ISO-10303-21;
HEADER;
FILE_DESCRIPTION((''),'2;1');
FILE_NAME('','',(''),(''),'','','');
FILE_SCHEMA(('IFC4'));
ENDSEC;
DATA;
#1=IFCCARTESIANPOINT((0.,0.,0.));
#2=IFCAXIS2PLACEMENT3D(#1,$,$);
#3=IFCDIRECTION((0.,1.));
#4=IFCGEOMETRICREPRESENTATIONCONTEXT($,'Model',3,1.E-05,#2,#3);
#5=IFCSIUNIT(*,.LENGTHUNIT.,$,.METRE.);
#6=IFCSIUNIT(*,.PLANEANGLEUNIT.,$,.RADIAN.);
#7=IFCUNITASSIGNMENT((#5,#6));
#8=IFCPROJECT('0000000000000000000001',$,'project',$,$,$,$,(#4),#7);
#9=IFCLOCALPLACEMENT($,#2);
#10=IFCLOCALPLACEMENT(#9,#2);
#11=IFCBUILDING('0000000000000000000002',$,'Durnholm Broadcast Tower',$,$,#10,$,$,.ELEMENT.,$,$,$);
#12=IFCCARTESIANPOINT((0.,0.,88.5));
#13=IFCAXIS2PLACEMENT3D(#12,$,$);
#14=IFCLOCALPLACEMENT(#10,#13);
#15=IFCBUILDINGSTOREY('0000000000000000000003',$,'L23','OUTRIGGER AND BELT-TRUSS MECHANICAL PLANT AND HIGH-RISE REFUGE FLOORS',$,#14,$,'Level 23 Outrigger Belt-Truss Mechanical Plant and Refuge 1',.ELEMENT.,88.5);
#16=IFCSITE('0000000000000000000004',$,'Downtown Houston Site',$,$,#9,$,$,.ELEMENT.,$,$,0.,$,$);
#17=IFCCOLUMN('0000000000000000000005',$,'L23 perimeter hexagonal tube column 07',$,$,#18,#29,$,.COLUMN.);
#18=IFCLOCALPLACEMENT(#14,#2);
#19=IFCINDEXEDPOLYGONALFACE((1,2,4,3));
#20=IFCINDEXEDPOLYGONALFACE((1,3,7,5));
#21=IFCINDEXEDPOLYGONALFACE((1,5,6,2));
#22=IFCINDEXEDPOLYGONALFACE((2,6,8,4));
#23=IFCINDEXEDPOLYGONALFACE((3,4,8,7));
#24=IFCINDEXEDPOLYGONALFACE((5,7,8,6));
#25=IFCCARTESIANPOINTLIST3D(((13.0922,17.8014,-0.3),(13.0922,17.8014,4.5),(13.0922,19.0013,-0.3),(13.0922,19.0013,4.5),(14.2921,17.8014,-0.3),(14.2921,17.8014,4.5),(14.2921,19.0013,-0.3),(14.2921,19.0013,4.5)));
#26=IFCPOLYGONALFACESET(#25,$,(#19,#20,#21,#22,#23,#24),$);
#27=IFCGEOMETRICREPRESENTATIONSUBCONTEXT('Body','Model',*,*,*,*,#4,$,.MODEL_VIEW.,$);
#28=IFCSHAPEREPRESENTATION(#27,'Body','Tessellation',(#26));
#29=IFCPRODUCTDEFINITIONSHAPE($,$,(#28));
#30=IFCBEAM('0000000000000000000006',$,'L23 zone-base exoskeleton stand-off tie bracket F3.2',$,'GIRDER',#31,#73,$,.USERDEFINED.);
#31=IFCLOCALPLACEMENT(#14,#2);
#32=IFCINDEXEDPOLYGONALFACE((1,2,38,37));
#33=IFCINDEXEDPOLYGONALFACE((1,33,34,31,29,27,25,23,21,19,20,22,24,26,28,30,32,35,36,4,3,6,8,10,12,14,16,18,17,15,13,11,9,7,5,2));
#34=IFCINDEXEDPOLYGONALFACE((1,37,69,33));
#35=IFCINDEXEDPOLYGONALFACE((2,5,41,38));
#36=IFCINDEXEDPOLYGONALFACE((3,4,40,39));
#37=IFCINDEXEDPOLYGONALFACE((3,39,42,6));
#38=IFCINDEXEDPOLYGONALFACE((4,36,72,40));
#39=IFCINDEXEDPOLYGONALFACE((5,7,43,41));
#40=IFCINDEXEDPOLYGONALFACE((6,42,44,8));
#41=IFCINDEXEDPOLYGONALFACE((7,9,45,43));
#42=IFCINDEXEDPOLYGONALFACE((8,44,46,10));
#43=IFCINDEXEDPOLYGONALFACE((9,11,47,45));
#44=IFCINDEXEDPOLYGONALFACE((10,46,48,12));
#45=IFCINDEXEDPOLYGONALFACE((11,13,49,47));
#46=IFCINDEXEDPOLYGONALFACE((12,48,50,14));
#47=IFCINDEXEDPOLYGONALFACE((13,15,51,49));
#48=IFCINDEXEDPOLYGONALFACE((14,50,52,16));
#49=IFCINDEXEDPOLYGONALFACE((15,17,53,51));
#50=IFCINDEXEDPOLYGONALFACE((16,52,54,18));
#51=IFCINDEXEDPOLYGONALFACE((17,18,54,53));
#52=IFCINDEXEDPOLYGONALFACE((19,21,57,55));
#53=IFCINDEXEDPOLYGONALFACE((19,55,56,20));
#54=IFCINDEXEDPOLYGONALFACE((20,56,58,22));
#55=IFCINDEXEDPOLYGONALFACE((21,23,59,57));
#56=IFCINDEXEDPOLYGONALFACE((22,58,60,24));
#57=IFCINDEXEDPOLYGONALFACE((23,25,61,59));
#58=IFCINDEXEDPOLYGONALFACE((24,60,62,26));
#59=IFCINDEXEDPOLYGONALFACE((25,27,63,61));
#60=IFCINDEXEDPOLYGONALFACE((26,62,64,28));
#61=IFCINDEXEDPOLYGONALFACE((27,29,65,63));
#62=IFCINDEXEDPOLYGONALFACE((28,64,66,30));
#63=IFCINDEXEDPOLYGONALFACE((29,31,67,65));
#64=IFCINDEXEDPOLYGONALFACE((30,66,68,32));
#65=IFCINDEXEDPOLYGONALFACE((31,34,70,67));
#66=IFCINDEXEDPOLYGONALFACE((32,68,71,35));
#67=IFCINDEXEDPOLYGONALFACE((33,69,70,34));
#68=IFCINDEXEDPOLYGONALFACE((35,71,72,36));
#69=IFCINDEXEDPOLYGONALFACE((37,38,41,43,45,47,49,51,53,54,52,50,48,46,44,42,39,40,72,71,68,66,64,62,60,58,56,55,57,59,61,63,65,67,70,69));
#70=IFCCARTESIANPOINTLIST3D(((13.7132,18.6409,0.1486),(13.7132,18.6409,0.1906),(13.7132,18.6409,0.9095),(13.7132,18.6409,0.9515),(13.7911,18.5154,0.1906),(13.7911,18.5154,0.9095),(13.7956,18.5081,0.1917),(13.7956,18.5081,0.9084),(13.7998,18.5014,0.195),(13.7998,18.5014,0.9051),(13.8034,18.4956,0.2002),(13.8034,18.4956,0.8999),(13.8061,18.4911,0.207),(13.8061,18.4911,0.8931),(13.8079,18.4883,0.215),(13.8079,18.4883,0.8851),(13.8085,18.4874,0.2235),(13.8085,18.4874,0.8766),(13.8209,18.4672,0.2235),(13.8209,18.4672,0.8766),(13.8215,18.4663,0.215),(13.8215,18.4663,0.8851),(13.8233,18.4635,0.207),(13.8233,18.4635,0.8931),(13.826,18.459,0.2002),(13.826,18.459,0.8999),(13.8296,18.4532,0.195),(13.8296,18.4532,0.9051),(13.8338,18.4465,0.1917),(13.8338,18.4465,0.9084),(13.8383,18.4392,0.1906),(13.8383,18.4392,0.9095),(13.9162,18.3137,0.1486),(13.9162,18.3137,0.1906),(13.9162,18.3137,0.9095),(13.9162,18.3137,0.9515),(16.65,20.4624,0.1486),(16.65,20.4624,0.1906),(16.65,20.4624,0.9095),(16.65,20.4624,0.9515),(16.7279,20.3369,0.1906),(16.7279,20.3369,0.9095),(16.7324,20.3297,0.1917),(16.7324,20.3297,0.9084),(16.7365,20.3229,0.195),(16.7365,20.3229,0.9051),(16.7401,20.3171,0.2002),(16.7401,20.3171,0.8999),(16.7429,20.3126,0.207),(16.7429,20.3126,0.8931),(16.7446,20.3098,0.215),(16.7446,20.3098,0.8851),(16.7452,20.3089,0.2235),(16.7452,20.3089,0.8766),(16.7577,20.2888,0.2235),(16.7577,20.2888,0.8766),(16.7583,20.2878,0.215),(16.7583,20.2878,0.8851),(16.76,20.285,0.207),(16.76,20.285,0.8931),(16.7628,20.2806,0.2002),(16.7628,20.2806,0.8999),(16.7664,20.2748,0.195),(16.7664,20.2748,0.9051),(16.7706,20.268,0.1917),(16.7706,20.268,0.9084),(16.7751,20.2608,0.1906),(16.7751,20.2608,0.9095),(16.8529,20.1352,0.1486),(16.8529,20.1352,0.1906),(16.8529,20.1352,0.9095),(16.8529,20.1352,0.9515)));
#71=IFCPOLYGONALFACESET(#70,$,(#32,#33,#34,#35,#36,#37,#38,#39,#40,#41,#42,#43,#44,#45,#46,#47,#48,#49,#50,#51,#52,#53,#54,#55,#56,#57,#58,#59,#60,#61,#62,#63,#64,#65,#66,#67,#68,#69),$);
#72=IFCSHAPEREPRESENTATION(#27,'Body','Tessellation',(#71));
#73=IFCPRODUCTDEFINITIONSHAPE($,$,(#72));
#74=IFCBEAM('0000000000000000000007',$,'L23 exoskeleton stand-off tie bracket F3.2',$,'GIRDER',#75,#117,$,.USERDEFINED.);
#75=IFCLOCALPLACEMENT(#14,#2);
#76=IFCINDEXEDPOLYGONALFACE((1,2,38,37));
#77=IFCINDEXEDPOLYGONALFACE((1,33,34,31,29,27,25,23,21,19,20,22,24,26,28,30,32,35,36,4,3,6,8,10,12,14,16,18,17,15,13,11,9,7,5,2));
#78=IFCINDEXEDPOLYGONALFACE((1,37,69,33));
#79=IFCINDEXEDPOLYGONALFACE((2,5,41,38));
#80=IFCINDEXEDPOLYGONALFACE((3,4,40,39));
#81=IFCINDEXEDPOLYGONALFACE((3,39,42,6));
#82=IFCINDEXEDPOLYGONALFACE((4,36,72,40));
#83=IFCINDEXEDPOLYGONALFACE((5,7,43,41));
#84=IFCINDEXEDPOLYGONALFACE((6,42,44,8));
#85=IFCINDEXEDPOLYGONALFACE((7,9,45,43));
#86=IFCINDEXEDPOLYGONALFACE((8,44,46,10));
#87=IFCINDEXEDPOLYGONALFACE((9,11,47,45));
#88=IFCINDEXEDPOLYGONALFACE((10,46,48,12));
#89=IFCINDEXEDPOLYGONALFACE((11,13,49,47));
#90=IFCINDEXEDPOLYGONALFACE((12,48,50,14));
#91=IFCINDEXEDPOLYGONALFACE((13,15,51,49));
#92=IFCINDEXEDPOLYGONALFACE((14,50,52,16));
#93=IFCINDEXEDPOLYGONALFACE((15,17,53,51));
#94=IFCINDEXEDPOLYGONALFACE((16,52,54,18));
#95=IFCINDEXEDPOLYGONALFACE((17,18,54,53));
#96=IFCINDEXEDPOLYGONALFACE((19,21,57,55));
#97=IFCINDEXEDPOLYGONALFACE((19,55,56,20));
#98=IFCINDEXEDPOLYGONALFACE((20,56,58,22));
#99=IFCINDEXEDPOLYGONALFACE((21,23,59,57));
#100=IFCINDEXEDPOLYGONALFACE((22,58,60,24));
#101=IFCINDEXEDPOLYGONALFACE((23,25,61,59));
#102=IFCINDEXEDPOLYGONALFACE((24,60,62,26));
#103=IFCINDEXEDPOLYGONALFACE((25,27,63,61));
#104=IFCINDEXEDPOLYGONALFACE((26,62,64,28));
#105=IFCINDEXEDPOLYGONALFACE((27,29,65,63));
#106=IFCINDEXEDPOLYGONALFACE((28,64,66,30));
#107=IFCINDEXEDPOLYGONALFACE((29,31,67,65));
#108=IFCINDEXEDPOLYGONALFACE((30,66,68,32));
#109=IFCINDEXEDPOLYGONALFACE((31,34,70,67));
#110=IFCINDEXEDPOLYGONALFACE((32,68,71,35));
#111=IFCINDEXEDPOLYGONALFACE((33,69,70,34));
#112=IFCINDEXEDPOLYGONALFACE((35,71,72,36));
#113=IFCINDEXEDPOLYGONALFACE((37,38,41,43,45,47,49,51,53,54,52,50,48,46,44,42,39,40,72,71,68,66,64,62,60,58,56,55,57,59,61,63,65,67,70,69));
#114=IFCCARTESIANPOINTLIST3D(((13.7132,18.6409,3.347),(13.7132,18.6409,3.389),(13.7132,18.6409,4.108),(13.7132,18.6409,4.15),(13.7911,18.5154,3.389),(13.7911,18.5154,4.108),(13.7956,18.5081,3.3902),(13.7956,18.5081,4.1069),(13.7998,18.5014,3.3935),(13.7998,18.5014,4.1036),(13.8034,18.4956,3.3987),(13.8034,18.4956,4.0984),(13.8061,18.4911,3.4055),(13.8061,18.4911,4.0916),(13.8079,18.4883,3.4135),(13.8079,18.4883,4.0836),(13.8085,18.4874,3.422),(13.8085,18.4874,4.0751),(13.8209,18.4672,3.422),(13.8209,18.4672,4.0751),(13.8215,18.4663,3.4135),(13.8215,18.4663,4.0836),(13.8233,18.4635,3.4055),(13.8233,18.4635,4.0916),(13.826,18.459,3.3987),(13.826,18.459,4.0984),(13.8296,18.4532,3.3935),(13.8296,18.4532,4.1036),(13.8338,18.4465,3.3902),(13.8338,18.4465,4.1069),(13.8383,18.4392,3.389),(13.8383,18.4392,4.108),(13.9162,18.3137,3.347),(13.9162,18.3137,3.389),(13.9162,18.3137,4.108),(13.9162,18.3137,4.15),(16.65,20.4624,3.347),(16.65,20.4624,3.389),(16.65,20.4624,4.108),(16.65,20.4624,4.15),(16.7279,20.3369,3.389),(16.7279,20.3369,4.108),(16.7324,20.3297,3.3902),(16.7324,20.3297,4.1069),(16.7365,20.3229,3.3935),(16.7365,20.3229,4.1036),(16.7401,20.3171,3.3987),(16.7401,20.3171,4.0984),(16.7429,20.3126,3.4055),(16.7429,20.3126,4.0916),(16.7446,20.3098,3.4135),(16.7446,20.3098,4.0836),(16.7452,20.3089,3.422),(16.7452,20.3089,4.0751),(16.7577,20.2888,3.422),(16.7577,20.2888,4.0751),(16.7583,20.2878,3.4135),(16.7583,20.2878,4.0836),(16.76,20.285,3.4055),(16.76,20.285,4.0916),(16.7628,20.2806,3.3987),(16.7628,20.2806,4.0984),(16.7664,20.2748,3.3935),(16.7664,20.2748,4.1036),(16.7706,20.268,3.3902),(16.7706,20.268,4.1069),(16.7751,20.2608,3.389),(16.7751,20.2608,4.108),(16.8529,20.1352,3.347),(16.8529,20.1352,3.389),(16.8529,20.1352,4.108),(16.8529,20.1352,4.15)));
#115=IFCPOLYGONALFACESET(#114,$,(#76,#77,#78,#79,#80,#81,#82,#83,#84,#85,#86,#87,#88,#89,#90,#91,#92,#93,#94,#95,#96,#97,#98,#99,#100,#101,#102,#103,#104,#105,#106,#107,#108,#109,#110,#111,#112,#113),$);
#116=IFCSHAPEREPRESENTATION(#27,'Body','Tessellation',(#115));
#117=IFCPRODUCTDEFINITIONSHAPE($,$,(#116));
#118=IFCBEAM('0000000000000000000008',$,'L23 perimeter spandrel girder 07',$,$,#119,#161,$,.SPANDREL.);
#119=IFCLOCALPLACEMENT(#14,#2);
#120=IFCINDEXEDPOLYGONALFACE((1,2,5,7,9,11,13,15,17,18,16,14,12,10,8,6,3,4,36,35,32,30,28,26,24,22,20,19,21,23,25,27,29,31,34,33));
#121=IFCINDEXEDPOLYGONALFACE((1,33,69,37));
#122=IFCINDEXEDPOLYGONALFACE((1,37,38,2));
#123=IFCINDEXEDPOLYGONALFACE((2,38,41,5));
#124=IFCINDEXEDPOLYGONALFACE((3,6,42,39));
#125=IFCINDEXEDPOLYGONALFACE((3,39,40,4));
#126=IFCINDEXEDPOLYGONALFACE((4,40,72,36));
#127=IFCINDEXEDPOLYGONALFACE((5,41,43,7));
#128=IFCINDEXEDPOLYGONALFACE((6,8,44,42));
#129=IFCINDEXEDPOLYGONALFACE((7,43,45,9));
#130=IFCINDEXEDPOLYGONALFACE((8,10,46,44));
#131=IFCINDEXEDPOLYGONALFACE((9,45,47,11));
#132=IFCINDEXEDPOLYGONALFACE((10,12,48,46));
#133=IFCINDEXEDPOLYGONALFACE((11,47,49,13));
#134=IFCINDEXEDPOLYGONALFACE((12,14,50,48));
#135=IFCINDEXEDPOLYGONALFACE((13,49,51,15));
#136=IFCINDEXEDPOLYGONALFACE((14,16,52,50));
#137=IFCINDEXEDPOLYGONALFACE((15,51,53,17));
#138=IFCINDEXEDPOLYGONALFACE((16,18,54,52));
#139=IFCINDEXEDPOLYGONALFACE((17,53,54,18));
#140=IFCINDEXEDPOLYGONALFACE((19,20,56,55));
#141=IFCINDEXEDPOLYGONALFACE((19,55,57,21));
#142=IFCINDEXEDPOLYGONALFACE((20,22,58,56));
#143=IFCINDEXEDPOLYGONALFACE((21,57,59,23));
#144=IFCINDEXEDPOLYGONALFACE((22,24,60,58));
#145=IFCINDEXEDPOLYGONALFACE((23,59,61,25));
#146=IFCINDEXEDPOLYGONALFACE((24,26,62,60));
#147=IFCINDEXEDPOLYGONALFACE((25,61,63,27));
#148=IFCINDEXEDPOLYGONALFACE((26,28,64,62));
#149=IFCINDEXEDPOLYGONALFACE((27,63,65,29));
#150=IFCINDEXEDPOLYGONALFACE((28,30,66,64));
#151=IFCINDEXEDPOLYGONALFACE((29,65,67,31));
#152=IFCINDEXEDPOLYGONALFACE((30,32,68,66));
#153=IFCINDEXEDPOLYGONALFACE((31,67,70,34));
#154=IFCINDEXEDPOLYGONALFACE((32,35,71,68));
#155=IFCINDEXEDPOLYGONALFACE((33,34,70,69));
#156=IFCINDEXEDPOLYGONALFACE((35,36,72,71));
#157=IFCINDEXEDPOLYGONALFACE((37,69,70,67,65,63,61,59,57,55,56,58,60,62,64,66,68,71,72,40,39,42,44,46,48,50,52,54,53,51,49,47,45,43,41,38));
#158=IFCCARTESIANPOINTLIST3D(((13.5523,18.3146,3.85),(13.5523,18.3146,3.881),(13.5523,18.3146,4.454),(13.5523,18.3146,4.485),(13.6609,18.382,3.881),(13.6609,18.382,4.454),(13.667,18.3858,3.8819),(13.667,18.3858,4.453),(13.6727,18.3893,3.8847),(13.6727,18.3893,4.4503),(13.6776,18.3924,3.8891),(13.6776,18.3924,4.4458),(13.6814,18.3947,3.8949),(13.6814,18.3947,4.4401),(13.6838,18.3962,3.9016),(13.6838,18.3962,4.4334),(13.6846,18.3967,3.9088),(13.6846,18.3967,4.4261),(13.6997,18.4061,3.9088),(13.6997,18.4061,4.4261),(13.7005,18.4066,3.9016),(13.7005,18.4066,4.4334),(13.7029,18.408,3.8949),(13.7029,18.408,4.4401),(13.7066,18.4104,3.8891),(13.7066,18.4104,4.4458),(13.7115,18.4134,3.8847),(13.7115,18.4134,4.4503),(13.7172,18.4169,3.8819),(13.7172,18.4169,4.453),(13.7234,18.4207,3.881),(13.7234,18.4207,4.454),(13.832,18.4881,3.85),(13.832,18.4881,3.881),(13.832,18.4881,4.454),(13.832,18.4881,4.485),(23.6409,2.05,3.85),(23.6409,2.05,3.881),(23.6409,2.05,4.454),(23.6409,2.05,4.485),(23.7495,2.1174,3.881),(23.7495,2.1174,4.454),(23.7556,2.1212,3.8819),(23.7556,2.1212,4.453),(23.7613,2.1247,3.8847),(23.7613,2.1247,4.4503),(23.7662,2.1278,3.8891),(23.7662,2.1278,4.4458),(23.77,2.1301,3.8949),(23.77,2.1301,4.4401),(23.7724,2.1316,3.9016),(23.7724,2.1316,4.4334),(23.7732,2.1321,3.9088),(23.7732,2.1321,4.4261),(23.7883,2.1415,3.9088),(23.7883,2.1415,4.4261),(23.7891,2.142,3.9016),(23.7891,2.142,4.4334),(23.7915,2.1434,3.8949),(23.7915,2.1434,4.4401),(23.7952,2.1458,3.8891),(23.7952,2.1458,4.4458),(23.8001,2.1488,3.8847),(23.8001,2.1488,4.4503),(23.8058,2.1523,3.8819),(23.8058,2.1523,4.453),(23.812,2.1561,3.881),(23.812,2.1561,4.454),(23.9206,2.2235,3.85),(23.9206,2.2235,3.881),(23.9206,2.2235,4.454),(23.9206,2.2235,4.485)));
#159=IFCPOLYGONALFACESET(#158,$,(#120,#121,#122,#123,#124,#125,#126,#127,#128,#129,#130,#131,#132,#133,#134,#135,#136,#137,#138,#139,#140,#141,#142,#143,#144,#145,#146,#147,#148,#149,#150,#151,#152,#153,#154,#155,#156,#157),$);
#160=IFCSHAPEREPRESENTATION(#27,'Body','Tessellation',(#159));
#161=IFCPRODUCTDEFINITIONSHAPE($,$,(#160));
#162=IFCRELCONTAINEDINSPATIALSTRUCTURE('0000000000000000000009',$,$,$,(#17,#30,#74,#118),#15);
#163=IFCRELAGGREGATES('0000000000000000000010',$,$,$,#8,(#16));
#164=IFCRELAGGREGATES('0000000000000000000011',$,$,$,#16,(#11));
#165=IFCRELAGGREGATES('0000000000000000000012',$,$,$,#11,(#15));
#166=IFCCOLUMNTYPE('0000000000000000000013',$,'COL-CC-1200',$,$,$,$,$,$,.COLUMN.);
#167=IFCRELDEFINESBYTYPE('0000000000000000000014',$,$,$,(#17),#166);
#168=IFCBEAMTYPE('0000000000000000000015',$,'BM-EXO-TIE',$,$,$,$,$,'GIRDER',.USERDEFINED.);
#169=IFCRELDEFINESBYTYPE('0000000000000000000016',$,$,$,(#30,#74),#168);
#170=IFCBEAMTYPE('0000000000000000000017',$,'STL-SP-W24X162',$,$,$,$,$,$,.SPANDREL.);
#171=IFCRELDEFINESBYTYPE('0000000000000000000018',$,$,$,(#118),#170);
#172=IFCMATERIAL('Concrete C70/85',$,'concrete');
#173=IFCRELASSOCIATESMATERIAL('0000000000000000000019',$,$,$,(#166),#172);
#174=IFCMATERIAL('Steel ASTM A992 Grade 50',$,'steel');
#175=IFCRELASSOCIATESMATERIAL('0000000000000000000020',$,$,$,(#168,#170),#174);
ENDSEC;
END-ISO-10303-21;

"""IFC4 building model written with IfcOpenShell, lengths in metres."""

from ifc_helpers import new_model, si_unit, direction, frame, origin, origin_2d, place, context, subcontext, project, spatial, rectangle, i_section, extrude, source, transform, mapped, material, material_profile, profile_set, type_object, type_shapes, element, save


model = new_model("IFC4")

# Units and contexts
model_context = context("Model", 3, precision=1e-05, world=origin(), true_north=direction((0.0, 1.0)))
body_context = subcontext(model_context, "Body", "Model", "MODEL_VIEW")
ifc_project = project(units=[si_unit("LENGTHUNIT", "METRE"), si_unit("PLANEANGLEUNIT", "RADIAN")], contexts=[model_context])

# Site, building, storey
site_placement = place(None, origin())
site = spatial("IfcSite", under=ifc_project, at=site_placement, Name="Downtown Houston Site", CompositionType="ELEMENT", RefElevation=0.0)
building_placement = place(site_placement, origin())
building = spatial("IfcBuilding", under=site, at=building_placement, Name="Durnholm Broadcast Tower", CompositionType="ELEMENT")
storey_placement = place(building_placement, frame((0.0, 0.0, 88.5)))
storey = spatial("IfcBuildingStorey", under=building, at=storey_placement, Name="L23", Description="OUTRIGGER AND BELT-TRUSS MECHANICAL PLANT AND HIGH-RISE REFUGE FLOORS", LongName="Level 23 Outrigger Belt-Truss Mechanical Plant and Refuge 1", CompositionType="ELEMENT", Elevation=88.5)

# Column
ifc_material_1 = material(Name="Concrete C70/85", Category="concrete")
ifc_material_profile_1 = material_profile(ifc_material_1, rectangle(XDim=1.2, YDim=1.2, at=origin_2d()), Name="RC1200X1200")
ifc_profile_set_1 = profile_set([ifc_material_profile_1], Name="Concrete C70/85")
column_type = type_object("IfcColumnType", Name="COL-CC-1200", PredefinedType="COLUMN", material=ifc_profile_set_1)
shared_shape_1 = source(origin(), body_context, "Body", "SweptSolid", [
    extrude(rectangle(XDim=1.2, YDim=1.2, at=origin_2d()), origin(), (0.0, 0.0, 1.0), 4.8),
])
type_shapes(column_type, [shared_shape_1])
column_placement = place(storey_placement, frame((13.6921, 18.4014, -0.3), z_axis=(0.0, 0.0, 1.0), x_axis=(1.0, 0.0, 0.0)))
element("IfcColumn", 1, at=column_placement, inside=storey, type_object=column_type, Name="L23 perimeter hexagonal tube column 07", PredefinedType="COLUMN", context=body_context, shape_type="MappedRepresentation", body=[
    mapped(shared_shape_1, transform((0.0, 0.0, 0.0), x_axis=(1.0, 0.0, 0.0), y_axis=(0.0, 1.0, 0.0), z_axis=(0.0, 0.0, 1.0), scale=1.0)),
])

# Beams
ifc_material_2 = material(Name="Steel ASTM A992 Grade 50", Category="steel")
ifc_material_profile_2 = material_profile(ifc_material_2, i_section(OverallWidth=0.385, OverallDepth=0.803, WebThickness=0.0237, FlangeThickness=0.042, FilletRadius=0.033, at=origin_2d()), Name="W30X261")
ifc_profile_set_2 = profile_set([ifc_material_profile_2], Name="Steel ASTM A992 Grade 50")
beam_type_1 = type_object("IfcBeamType", Name="BM-EXO-TIE", ElementType="GIRDER", PredefinedType="USERDEFINED", material=ifc_profile_set_2)
shared_shape_2 = source(origin(), body_context, "Body", "SweptSolid", [
    extrude(i_section(OverallWidth=0.385, OverallDepth=0.803, WebThickness=0.0237, FlangeThickness=0.042, FilletRadius=0.033, at=origin_2d()), origin(), (0.0, 0.0, 1.0), 3.4558),
])
for number, where, z_axis, x_axis, name in (
    (2, (13.8147, 18.4773, 0.55), (0.849807, 0.527094, 0.0), (-0.527094, 0.849807, 0.0), "L23 zone-base exoskeleton stand-off tie bracket F3.2"),
    (3, (13.8147, 18.4773, 3.7485), (0.849807, 0.527094, 0.0), (-0.527094, 0.849807, 0.0), "L23 exoskeleton stand-off tie bracket F3.2"),
):
    element("IfcBeam", number, at=place(storey_placement, frame(where, z_axis=z_axis, x_axis=x_axis)), inside=storey, type_object=beam_type_1, Name=name, ObjectType="GIRDER", PredefinedType="USERDEFINED", context=body_context, shape_type="MappedRepresentation", body=[
        mapped(shared_shape_2, transform((0.0, 0.0, 0.0), x_axis=(1.0, 0.0, 0.0), y_axis=(0.0, 1.0, 0.0), z_axis=(0.0, 0.0, 1.0), scale=1.0)),
    ])
ifc_material_profile_3 = material_profile(ifc_material_2, i_section(OverallWidth=0.3291, OverallDepth=0.635, WebThickness=0.0178, FlangeThickness=0.031, FilletRadius=0.0278, at=origin_2d()), Name="W24X162")
ifc_profile_set_3 = profile_set([ifc_material_profile_3], Name="Steel ASTM A992 Grade 50")
beam_type_2 = type_object("IfcBeamType", Name="STL-SP-W24X162", PredefinedType="SPANDREL", material=ifc_profile_set_3)
shared_shape_3 = source(origin(), body_context, "Body", "SweptSolid", [
    extrude(i_section(OverallWidth=0.3291, OverallDepth=0.635, WebThickness=0.0178, FlangeThickness=0.031, FilletRadius=0.0278, at=origin_2d()), origin(), (0.0, 0.0, 1.0), 19.1394),
])
type_shapes(beam_type_2, [shared_shape_3])
beam_placement = place(storey_placement, frame((13.6921, 18.4014, 4.1675), z_axis=(0.527111, -0.849796, 0.0), x_axis=(0.849796, 0.527111, 0.0)))
element("IfcBeam", 4, at=beam_placement, inside=storey, type_object=beam_type_2, Name="L23 perimeter spandrel girder 07", PredefinedType="SPANDREL", context=body_context, shape_type="MappedRepresentation", body=[
    mapped(shared_shape_3, transform((0.0, 0.0, 0.0), x_axis=(1.0, 0.0, 0.0), y_axis=(0.0, 1.0, 0.0), z_axis=(0.0, 0.0, 1.0), scale=1.0)),
])

save(model, "model.ifc")
